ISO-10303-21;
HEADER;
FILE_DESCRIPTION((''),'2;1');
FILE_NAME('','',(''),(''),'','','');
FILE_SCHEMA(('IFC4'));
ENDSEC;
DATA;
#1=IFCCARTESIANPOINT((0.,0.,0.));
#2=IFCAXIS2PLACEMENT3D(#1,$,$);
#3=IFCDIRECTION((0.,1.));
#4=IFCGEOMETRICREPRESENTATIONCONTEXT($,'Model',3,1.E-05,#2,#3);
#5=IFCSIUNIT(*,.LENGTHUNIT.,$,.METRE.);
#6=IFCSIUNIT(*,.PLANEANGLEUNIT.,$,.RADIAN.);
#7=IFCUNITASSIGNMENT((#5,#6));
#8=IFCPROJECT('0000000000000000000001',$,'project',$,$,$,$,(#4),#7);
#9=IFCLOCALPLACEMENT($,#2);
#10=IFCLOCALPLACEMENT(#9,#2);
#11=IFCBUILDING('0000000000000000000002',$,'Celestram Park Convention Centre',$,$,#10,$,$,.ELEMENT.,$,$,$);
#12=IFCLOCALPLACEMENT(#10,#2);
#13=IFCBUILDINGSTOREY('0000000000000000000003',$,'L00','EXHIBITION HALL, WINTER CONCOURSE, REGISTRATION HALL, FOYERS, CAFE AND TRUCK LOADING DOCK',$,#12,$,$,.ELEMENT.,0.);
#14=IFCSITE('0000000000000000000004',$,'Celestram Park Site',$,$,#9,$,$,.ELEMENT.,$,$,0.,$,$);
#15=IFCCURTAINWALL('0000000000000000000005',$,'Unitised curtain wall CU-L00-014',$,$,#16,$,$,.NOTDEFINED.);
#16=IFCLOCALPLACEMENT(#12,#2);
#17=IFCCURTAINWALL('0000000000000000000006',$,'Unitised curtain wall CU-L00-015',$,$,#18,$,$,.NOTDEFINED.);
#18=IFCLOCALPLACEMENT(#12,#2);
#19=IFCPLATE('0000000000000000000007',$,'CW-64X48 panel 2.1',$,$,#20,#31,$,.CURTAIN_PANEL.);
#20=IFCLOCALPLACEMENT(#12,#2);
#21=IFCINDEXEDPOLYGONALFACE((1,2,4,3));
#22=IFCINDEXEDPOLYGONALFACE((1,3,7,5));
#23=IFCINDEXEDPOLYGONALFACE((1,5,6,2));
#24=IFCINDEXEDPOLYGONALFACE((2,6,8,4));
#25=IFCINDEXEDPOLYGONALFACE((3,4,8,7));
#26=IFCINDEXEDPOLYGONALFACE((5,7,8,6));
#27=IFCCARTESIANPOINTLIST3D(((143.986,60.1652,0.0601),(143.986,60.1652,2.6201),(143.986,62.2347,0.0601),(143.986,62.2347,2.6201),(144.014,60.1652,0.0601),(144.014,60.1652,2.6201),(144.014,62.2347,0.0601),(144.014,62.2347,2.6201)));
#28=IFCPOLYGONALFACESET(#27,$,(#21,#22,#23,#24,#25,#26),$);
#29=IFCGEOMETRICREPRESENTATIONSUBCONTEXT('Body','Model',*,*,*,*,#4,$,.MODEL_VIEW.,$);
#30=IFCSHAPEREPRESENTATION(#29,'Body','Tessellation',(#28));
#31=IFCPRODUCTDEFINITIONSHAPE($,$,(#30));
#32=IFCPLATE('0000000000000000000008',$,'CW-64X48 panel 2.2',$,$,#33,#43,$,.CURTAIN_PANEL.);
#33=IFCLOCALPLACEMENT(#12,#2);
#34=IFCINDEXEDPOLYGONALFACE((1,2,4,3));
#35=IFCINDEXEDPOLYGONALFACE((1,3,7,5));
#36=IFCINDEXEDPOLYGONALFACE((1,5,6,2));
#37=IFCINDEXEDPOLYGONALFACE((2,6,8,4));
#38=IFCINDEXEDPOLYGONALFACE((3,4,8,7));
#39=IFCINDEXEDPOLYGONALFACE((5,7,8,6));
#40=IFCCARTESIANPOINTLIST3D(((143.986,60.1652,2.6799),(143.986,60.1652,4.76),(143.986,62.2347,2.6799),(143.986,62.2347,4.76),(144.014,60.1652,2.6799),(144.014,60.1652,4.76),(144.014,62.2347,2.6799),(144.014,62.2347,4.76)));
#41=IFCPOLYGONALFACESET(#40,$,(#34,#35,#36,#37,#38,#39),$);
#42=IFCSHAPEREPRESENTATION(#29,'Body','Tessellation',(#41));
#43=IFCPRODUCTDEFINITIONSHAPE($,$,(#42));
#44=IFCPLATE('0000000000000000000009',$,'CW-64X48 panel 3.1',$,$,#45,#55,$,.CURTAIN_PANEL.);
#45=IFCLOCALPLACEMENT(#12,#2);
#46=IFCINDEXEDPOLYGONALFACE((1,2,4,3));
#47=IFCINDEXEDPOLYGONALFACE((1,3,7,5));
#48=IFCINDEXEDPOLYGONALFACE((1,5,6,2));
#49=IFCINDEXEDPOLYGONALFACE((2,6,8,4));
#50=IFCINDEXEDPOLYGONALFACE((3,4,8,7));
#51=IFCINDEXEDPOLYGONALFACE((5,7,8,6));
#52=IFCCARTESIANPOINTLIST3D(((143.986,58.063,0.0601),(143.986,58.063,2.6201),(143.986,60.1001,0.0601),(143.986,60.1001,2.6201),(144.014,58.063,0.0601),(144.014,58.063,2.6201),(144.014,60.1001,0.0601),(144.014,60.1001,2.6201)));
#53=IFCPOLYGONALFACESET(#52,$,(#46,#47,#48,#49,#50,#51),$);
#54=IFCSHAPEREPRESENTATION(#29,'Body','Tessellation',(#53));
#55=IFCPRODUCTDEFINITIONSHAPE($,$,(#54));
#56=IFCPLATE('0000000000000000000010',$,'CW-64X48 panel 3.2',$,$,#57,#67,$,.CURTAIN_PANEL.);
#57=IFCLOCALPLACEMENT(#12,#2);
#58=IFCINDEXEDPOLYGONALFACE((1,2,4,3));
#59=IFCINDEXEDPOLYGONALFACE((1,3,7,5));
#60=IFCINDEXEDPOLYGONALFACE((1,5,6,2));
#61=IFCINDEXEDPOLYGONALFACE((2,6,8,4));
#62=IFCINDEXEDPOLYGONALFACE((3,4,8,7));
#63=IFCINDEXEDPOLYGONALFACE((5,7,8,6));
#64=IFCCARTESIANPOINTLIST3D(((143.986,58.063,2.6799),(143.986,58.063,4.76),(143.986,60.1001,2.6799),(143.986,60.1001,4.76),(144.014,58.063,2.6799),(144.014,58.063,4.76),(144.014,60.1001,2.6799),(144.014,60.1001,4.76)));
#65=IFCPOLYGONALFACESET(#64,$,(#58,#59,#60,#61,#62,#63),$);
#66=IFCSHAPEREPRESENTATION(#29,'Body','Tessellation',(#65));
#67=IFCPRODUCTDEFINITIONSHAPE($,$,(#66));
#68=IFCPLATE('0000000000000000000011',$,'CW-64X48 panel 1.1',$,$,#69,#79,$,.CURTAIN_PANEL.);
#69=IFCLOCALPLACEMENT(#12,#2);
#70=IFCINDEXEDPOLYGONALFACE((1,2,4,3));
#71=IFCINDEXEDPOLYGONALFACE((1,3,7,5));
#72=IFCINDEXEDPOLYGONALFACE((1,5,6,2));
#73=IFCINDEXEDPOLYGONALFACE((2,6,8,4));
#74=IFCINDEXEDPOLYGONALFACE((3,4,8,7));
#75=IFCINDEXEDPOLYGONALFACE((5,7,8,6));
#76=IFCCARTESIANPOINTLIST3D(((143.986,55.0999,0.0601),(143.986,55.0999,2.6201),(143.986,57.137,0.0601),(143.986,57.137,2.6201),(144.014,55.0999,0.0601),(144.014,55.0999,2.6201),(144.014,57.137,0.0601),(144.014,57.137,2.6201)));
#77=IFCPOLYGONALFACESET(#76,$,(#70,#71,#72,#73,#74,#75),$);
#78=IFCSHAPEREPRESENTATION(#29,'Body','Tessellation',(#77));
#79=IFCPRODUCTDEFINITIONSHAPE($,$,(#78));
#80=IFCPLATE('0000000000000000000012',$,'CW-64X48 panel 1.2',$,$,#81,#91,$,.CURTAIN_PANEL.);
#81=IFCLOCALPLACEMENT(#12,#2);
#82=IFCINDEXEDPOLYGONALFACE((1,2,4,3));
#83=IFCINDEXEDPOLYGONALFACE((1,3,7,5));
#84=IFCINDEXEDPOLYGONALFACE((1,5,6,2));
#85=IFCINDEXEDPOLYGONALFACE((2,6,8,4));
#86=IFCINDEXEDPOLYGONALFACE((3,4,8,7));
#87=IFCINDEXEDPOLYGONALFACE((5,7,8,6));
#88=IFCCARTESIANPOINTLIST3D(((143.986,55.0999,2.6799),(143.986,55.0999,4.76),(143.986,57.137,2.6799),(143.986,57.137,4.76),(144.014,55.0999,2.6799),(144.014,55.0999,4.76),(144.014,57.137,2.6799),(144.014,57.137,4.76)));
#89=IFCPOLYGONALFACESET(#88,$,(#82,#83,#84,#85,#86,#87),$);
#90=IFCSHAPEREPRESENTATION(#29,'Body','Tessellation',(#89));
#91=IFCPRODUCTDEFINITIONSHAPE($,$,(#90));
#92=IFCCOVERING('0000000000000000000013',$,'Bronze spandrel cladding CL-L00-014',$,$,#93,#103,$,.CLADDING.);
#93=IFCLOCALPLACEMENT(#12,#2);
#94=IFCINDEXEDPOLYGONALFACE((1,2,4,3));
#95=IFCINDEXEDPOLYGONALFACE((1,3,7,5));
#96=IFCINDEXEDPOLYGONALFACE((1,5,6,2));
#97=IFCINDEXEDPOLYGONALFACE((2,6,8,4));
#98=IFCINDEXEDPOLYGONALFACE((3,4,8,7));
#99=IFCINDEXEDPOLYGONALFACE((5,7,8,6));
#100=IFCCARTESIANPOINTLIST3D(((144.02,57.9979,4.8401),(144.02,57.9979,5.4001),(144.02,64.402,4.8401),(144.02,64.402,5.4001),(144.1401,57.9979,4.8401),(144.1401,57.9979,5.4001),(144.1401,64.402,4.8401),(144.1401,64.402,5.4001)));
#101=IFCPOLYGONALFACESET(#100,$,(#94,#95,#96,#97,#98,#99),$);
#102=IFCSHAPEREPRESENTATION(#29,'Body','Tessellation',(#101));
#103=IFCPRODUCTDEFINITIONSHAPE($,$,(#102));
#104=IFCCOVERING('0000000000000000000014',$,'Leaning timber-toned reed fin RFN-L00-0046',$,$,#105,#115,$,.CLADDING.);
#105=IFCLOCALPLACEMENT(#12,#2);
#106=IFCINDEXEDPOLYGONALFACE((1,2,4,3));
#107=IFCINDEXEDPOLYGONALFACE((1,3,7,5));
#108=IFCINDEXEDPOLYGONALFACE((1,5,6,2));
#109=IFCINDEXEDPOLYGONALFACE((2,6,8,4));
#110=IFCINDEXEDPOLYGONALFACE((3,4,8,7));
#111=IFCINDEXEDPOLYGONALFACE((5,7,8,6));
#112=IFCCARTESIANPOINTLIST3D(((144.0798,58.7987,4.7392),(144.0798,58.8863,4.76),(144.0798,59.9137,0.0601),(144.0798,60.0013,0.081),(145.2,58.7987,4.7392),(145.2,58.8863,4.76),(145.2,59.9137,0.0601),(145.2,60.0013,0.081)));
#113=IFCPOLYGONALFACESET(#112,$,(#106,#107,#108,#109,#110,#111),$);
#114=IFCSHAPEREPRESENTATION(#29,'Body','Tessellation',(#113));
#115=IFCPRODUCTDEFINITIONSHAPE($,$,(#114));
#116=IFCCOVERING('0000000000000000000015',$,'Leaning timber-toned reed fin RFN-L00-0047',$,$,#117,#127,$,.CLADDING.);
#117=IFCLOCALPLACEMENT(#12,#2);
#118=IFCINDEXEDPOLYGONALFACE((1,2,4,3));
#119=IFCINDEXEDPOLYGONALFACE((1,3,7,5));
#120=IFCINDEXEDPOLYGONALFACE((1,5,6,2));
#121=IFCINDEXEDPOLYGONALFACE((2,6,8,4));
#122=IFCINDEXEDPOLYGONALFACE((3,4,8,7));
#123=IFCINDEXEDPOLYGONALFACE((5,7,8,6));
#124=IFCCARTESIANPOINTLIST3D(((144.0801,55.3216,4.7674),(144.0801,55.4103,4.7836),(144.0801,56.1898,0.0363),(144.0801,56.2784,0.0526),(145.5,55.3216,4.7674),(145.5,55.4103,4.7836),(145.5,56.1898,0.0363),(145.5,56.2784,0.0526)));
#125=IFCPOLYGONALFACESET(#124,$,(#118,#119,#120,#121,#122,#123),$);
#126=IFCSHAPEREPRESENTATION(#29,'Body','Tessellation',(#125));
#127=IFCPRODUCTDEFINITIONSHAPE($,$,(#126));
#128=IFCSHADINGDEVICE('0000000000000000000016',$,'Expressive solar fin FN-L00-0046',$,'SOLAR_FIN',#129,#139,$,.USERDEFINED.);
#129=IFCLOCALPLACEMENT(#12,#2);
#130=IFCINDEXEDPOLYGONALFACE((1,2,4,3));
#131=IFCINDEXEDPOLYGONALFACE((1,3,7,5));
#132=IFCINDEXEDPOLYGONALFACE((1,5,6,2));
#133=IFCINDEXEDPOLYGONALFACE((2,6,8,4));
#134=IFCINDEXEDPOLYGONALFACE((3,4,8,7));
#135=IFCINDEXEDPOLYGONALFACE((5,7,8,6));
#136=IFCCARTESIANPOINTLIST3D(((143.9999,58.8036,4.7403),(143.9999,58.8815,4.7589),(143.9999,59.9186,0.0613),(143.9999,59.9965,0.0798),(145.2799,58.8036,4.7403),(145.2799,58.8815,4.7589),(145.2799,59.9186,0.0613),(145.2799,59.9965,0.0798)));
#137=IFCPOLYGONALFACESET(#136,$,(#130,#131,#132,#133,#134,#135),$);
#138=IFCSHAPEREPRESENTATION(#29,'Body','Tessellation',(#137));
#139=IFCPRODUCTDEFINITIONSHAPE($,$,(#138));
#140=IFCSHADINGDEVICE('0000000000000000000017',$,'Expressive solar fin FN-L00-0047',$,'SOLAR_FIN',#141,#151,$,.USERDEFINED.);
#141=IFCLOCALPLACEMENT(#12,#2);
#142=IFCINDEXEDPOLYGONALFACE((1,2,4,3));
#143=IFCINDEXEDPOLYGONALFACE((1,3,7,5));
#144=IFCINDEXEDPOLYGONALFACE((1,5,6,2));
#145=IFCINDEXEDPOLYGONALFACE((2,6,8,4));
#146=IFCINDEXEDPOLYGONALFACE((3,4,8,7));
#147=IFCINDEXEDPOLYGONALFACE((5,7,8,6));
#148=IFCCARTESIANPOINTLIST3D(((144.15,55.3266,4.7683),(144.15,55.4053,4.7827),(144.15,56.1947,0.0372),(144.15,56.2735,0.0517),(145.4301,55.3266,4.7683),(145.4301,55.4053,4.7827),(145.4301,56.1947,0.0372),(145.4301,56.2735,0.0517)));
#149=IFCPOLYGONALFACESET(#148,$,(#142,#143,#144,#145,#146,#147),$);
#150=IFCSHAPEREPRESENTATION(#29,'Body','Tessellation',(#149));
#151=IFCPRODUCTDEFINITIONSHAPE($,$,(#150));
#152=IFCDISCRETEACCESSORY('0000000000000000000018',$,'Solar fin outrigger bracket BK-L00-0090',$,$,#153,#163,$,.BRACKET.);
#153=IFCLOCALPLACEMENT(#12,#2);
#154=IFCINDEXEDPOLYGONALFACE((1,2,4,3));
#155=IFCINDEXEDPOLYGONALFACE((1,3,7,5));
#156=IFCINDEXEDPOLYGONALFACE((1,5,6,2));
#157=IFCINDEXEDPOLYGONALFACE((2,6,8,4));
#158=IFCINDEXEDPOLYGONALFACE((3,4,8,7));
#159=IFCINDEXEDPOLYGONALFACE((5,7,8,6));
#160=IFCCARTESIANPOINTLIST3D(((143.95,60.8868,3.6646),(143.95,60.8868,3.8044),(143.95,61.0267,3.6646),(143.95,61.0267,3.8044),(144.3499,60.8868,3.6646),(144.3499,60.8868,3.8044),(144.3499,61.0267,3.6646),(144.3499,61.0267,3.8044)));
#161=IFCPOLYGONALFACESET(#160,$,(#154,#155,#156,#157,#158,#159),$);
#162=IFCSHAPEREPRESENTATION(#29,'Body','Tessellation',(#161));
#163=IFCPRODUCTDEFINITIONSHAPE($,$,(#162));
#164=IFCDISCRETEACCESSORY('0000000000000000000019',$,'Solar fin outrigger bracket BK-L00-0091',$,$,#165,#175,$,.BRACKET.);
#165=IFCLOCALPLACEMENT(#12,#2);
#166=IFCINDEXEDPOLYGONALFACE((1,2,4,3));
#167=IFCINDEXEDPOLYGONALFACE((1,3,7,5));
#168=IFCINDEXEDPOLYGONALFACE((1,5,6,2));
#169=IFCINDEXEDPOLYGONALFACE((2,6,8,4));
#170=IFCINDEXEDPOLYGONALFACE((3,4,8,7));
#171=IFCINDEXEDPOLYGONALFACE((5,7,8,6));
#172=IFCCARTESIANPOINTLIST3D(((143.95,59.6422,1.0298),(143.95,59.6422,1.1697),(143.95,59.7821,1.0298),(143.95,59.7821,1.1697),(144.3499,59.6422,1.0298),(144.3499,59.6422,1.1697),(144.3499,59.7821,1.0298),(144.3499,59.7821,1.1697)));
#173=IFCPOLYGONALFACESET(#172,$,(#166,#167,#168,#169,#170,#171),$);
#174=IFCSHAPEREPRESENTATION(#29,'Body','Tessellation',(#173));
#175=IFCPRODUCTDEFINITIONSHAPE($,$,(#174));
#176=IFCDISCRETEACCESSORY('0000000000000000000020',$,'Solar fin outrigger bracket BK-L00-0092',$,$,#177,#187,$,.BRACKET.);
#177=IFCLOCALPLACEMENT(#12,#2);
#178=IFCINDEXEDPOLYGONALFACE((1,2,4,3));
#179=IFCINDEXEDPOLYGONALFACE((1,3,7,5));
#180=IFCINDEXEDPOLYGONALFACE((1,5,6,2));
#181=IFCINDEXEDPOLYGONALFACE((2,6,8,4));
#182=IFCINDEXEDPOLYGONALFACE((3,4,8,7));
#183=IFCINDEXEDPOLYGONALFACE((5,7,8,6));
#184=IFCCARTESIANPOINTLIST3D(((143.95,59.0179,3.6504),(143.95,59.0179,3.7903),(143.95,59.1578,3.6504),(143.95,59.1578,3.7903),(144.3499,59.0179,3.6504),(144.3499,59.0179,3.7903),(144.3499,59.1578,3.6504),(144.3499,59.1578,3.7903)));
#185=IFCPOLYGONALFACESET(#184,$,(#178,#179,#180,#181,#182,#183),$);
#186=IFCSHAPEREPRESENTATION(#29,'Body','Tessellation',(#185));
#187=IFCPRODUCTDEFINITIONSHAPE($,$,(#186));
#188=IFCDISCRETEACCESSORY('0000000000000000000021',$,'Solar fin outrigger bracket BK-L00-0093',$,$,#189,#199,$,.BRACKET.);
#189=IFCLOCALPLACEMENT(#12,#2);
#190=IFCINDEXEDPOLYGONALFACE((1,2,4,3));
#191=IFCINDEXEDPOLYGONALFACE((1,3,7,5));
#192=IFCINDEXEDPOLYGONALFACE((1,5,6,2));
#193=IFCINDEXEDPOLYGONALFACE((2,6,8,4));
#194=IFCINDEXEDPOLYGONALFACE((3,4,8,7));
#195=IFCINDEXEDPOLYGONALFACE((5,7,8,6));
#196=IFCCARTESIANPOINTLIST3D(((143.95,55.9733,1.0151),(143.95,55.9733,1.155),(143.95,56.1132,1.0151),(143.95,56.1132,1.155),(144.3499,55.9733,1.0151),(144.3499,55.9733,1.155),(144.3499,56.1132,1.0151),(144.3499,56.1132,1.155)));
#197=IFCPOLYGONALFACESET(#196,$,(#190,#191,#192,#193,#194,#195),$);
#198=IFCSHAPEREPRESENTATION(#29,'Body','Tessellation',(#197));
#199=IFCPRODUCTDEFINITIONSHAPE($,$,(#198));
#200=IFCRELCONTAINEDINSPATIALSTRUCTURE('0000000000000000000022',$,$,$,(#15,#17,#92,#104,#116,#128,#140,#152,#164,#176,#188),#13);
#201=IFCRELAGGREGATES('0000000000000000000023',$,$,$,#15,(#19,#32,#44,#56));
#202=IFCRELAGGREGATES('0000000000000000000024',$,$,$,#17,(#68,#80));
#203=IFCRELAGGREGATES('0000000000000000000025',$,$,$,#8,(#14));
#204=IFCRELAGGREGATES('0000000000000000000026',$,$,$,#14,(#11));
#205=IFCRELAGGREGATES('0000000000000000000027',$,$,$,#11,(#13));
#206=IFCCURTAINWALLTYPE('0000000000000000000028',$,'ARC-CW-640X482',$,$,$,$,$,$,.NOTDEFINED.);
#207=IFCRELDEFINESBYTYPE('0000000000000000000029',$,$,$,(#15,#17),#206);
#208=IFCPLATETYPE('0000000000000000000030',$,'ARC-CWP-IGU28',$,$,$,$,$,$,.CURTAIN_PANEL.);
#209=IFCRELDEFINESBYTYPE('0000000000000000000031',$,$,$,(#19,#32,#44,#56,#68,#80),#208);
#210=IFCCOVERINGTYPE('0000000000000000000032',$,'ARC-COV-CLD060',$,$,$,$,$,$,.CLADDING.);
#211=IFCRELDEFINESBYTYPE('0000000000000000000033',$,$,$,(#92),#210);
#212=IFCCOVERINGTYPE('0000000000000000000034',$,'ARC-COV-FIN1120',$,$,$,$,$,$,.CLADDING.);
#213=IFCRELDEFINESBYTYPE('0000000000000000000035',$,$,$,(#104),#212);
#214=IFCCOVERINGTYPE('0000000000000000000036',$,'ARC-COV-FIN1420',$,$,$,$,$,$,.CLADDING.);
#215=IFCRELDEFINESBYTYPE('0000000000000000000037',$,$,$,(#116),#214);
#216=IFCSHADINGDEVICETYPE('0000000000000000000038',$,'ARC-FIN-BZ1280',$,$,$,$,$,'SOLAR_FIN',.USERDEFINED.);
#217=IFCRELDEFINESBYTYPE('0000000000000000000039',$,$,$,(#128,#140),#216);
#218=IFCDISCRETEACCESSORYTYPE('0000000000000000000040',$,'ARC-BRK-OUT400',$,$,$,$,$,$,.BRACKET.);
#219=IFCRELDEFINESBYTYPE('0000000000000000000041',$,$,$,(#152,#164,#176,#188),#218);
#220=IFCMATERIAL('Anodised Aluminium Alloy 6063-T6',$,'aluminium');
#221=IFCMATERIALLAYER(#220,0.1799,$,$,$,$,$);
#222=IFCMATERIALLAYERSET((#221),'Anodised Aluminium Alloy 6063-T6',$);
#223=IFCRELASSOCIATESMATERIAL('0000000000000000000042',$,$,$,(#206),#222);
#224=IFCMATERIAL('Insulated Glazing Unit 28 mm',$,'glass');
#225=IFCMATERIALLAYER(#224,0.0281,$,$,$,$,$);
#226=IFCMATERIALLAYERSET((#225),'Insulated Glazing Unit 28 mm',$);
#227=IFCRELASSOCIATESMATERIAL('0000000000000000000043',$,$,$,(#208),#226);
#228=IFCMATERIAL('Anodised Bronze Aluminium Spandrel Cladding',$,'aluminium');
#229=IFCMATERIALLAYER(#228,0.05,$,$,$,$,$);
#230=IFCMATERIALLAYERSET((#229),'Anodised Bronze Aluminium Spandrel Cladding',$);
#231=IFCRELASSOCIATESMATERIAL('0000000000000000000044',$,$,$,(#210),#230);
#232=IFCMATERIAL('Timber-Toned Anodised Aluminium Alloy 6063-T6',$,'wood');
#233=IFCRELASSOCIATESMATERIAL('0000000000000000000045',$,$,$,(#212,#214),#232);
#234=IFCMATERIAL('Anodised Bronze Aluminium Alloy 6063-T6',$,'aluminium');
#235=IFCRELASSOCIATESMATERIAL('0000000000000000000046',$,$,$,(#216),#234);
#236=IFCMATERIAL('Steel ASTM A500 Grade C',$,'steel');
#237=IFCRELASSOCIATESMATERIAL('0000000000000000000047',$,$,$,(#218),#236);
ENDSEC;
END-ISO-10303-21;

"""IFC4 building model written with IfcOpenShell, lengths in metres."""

from ifc_helpers import new_model, si_unit, direction, frame, origin, origin_2d, place, context, subcontext, project, spatial, rectangle, extrude, material, layer, layer_set, material_profile, profile_set, type_object, element, aggregate, save


model = new_model("IFC4")

# Units and contexts
model_context = context("Model", 3, precision=1e-05, world=origin(), true_north=direction((0.0, 1.0)))
body_context = subcontext(model_context, "Body", "Model", "MODEL_VIEW")
ifc_project = project(units=[si_unit("LENGTHUNIT", "METRE"), si_unit("PLANEANGLEUNIT", "RADIAN")], contexts=[model_context])

# Site, building, storey
site_placement = place(None, origin())
site = spatial("IfcSite", under=ifc_project, at=site_placement, Name="Celestram Park Site", CompositionType="ELEMENT", RefElevation=0.0)
building_placement = place(site_placement, origin())
building = spatial("IfcBuilding", under=site, at=building_placement, Name="Celestram Park Convention Centre", CompositionType="ELEMENT")
storey_placement = place(building_placement, origin())
storey = spatial("IfcBuildingStorey", under=building, at=storey_placement, Name="L00", Description="EXHIBITION HALL, WINTER CONCOURSE, REGISTRATION HALL, FOYERS, CAFE AND TRUCK LOADING DOCK", CompositionType="ELEMENT", Elevation=0.0)

# Curtain wall
ifc_material_1 = material(Name="Anodised Aluminium Alloy 6063-T6", Category="aluminium")
ifc_layer_1 = layer(ifc_material_1, 0.1799)
ifc_layer_set_1 = layer_set([ifc_layer_1], Name="Anodised Aluminium Alloy 6063-T6")
curtain_wall_type = type_object("IfcCurtainWallType", Name="ARC-CW-640X482", PredefinedType="NOTDEFINED", material=ifc_layer_set_1)
curtain_wall_1_placement = place(storey_placement, origin())
curtain_wall_1 = element("IfcCurtainWall", 1, at=curtain_wall_1_placement, inside=storey, type_object=curtain_wall_type, Name="Unitised curtain wall CU-L00-014", PredefinedType="NOTDEFINED")

# Curtain wall
curtain_wall_2_placement = place(storey_placement, origin())
curtain_wall_2 = element("IfcCurtainWall", 2, at=curtain_wall_2_placement, inside=storey, type_object=curtain_wall_type, Name="Unitised curtain wall CU-L00-015", PredefinedType="NOTDEFINED")

# Shared definitions
ifc_material_2 = material(Name="Steel ASTM A500 Grade C", Category="steel")

# Plates
ifc_material_3 = material(Name="Insulated Glazing Unit 28 mm", Category="glass")
ifc_layer_2 = layer(ifc_material_3, 0.0281)
ifc_layer_set_2 = layer_set([ifc_layer_2], Name="Insulated Glazing Unit 28 mm")
plate_type = type_object("IfcPlateType", Name="ARC-CWP-IGU28", PredefinedType="CURTAIN_PANEL", material=ifc_layer_set_2)
plate_1_placement = place(storey_placement, frame((144.0, 61.2, 0.0601), z_axis=(0.0, 0.0, 1.0), x_axis=(0.0, -1.0, 0.0)))
plate_1 = element("IfcPlate", 3, at=plate_1_placement, type_object=plate_type, Name="CW-64X48 panel 2.1", PredefinedType="CURTAIN_PANEL", context=body_context, shape_type="SweptSolid", body=[
    extrude(rectangle(XDim=2.0696, YDim=0.0281, at=origin_2d()), origin(), (0.0, 0.0, 1.0), 2.5601),
])
plate_2_placement = place(storey_placement, frame((144.0, 61.2, 2.6799), z_axis=(0.0, 0.0, 1.0), x_axis=(0.0, -1.0, 0.0)))
plate_2 = element("IfcPlate", 4, at=plate_2_placement, type_object=plate_type, Name="CW-64X48 panel 2.2", PredefinedType="CURTAIN_PANEL", context=body_context, shape_type="SweptSolid", body=[
    extrude(rectangle(XDim=2.0696, YDim=0.0281, at=origin_2d()), origin(), (0.0, 0.0, 1.0), 2.0801),
])
plate_3_placement = place(storey_placement, frame((144.0, 59.0815, 0.0601), z_axis=(0.0, 0.0, 1.0), x_axis=(0.0, -1.0, 0.0)))
plate_3 = element("IfcPlate", 5, at=plate_3_placement, type_object=plate_type, Name="CW-64X48 panel 3.1", PredefinedType="CURTAIN_PANEL", context=body_context, shape_type="SweptSolid", body=[
    extrude(rectangle(XDim=2.0371, YDim=0.0281, at=origin_2d()), origin(), (0.0, 0.0, 1.0), 2.5601),
])
plate_4_placement = place(storey_placement, frame((144.0, 59.0815, 2.6799), z_axis=(0.0, 0.0, 1.0), x_axis=(0.0, -1.0, 0.0)))
plate_4 = element("IfcPlate", 6, at=plate_4_placement, type_object=plate_type, Name="CW-64X48 panel 3.2", PredefinedType="CURTAIN_PANEL", context=body_context, shape_type="SweptSolid", body=[
    extrude(rectangle(XDim=2.0371, YDim=0.0281, at=origin_2d()), origin(), (0.0, 0.0, 1.0), 2.0801),
])
aggregate(curtain_wall_1, [plate_1, plate_2, plate_3, plate_4])
plate_5_placement = place(storey_placement, frame((144.0, 56.1184, 0.0601), z_axis=(0.0, 0.0, 1.0), x_axis=(0.0, -1.0, 0.0)))
plate_5 = element("IfcPlate", 7, at=plate_5_placement, type_object=plate_type, Name="CW-64X48 panel 1.1", PredefinedType="CURTAIN_PANEL", context=body_context, shape_type="SweptSolid", body=[
    extrude(rectangle(XDim=2.0371, YDim=0.0281, at=origin_2d()), origin(), (0.0, 0.0, 1.0), 2.5601),
])
plate_6_placement = place(storey_placement, frame((144.0, 56.1184, 2.6799), z_axis=(0.0, 0.0, 1.0), x_axis=(0.0, -1.0, 0.0)))
plate_6 = element("IfcPlate", 8, at=plate_6_placement, type_object=plate_type, Name="CW-64X48 panel 1.2", PredefinedType="CURTAIN_PANEL", context=body_context, shape_type="SweptSolid", body=[
    extrude(rectangle(XDim=2.0371, YDim=0.0281, at=origin_2d()), origin(), (0.0, 0.0, 1.0), 2.0801),
])
aggregate(curtain_wall_2, [plate_5, plate_6])

# Coverings
ifc_material_4 = material(Name="Anodised Bronze Aluminium Spandrel Cladding", Category="aluminium")
ifc_layer_3 = layer(ifc_material_4, 0.05)
ifc_layer_set_3 = layer_set([ifc_layer_3], Name="Anodised Bronze Aluminium Spandrel Cladding")
covering_type_1 = type_object("IfcCoveringType", Name="ARC-COV-CLD060", PredefinedType="CLADDING", material=ifc_layer_set_3)
covering_1_placement = place(storey_placement, frame((144.0801, 61.2, 4.8401), z_axis=(0.0, 0.0, 1.0), x_axis=(0.0, -1.0, 0.0)))
element("IfcCovering", 9, at=covering_1_placement, inside=storey, type_object=covering_type_1, Name="Bronze spandrel cladding CL-L00-014", PredefinedType="CLADDING", context=body_context, shape_type="SweptSolid", body=[
    extrude(rectangle(XDim=6.4041, YDim=0.1201, at=origin_2d()), origin(), (0.0, 0.0, 1.0), 0.5601),
])
ifc_material_5 = material(Name="Timber-Toned Anodised Aluminium Alloy 6063-T6", Category="wood")
ifc_material_profile_1 = material_profile(ifc_material_5, rectangle(XDim=1.1201, YDim=0.0901, at=origin_2d()), Name="REED1120X90")
ifc_profile_set_1 = profile_set([ifc_material_profile_1], Name="Timber-Toned Anodised Aluminium Alloy 6063-T6")
covering_type_2 = type_object("IfcCoveringType", Name="ARC-COV-FIN1120", PredefinedType="CLADDING", material=ifc_profile_set_1)
covering_2_placement = place(storey_placement, frame((144.6399, 59.9575, 0.0706), z_axis=(0.0, -0.231808, 0.972762), x_axis=(1.0, 0.0, 0.0)))
element("IfcCovering", 10, at=covering_2_placement, inside=storey, type_object=covering_type_2, Name="Leaning timber-toned reed fin RFN-L00-0046", PredefinedType="CLADDING", context=body_context, shape_type="SweptSolid", body=[
    extrude(rectangle(XDim=1.1201, YDim=0.0901, at=origin_2d()), origin(), (0.0, 0.0, 1.0), 4.8101),
])
ifc_material_profile_2 = material_profile(ifc_material_5, rectangle(XDim=1.4199, YDim=0.0901, at=origin_2d()), Name="REED1420X90")
ifc_profile_set_2 = profile_set([ifc_material_profile_2], Name="Timber-Toned Anodised Aluminium Alloy 6063-T6")
covering_type_3 = type_object("IfcCoveringType", Name="ARC-COV-FIN1420", PredefinedType="CLADDING", material=ifc_profile_set_2)
covering_3_placement = place(storey_placement, frame((144.79, 56.2341, 0.0444), z_axis=(0.0, -0.180493, 0.983576), x_axis=(1.0, 0.0, 0.0)))
element("IfcCovering", 11, at=covering_3_placement, inside=storey, type_object=covering_type_3, Name="Leaning timber-toned reed fin RFN-L00-0047", PredefinedType="CLADDING", context=body_context, shape_type="SweptSolid", body=[
    extrude(rectangle(XDim=1.4199, YDim=0.0901, at=origin_2d()), origin(), (0.0, 0.0, 1.0), 4.8101),
])

# Shading devices
ifc_material_6 = material(Name="Anodised Bronze Aluminium Alloy 6063-T6", Category="aluminium")
ifc_material_profile_3 = material_profile(ifc_material_6, rectangle(XDim=1.28, YDim=0.0801, at=origin_2d()), Name="FIN1280X80")
ifc_profile_set_3 = profile_set([ifc_material_profile_3], Name="Anodised Bronze Aluminium Alloy 6063-T6")
shading_device_type = type_object("IfcShadingDeviceType", Name="ARC-FIN-BZ1280", ElementType="SOLAR_FIN", PredefinedType="USERDEFINED", material=ifc_profile_set_3)
for number, where, z_axis, x_axis, name in (
    (12, (144.6399, 59.9575, 0.0706), (0.0, -0.231808, 0.972762), (1.0, 0.0, 0.0), "Expressive solar fin FN-L00-0046"),
    (13, (144.79, 56.2341, 0.0444), (0.0, -0.180493, 0.983576), (1.0, 0.0, 0.0), "Expressive solar fin FN-L00-0047"),
):
    element("IfcShadingDevice", number, at=place(storey_placement, frame(where, z_axis=z_axis, x_axis=x_axis)), inside=storey, type_object=shading_device_type, Name=name, ObjectType="SOLAR_FIN", PredefinedType="USERDEFINED", context=body_context, shape_type="SweptSolid", body=[
        extrude(rectangle(XDim=1.28, YDim=0.0801, at=origin_2d()), origin(), (0.0, 0.0, 1.0), 4.8101),
    ])

# Discrete accessories
discrete_accessory_type = type_object("IfcDiscreteAccessoryType", Name="ARC-BRK-OUT400", PredefinedType="BRACKET", material=ifc_material_2)
for number, where, z_axis, x_axis, name in (
    (14, (144.1499, 60.9568, 3.6646), (0.0, 0.0, 1.0), (1.0, 0.0, 0.0), "Solar fin outrigger bracket BK-L00-0090"),
    (15, (144.1499, 59.7122, 1.0298), (0.0, 0.0, 1.0), (1.0, 0.0, 0.0), "Solar fin outrigger bracket BK-L00-0091"),
    (16, (144.1499, 59.0879, 3.6504), (0.0, 0.0, 1.0), (1.0, 0.0, 0.0), "Solar fin outrigger bracket BK-L00-0092"),
    (17, (144.1499, 56.0432, 1.0151), (0.0, 0.0, 1.0), (1.0, 0.0, 0.0), "Solar fin outrigger bracket BK-L00-0093"),
):
    element("IfcDiscreteAccessory", number, at=place(storey_placement, frame(where, z_axis=z_axis, x_axis=x_axis)), inside=storey, type_object=discrete_accessory_type, Name=name, PredefinedType="BRACKET", context=body_context, shape_type="SweptSolid", body=[
        extrude(rectangle(XDim=0.3999, YDim=0.1399, at=origin_2d()), origin(), (0.0, 0.0, 1.0), 0.1399),
    ])

save(model, "model.ifc")
